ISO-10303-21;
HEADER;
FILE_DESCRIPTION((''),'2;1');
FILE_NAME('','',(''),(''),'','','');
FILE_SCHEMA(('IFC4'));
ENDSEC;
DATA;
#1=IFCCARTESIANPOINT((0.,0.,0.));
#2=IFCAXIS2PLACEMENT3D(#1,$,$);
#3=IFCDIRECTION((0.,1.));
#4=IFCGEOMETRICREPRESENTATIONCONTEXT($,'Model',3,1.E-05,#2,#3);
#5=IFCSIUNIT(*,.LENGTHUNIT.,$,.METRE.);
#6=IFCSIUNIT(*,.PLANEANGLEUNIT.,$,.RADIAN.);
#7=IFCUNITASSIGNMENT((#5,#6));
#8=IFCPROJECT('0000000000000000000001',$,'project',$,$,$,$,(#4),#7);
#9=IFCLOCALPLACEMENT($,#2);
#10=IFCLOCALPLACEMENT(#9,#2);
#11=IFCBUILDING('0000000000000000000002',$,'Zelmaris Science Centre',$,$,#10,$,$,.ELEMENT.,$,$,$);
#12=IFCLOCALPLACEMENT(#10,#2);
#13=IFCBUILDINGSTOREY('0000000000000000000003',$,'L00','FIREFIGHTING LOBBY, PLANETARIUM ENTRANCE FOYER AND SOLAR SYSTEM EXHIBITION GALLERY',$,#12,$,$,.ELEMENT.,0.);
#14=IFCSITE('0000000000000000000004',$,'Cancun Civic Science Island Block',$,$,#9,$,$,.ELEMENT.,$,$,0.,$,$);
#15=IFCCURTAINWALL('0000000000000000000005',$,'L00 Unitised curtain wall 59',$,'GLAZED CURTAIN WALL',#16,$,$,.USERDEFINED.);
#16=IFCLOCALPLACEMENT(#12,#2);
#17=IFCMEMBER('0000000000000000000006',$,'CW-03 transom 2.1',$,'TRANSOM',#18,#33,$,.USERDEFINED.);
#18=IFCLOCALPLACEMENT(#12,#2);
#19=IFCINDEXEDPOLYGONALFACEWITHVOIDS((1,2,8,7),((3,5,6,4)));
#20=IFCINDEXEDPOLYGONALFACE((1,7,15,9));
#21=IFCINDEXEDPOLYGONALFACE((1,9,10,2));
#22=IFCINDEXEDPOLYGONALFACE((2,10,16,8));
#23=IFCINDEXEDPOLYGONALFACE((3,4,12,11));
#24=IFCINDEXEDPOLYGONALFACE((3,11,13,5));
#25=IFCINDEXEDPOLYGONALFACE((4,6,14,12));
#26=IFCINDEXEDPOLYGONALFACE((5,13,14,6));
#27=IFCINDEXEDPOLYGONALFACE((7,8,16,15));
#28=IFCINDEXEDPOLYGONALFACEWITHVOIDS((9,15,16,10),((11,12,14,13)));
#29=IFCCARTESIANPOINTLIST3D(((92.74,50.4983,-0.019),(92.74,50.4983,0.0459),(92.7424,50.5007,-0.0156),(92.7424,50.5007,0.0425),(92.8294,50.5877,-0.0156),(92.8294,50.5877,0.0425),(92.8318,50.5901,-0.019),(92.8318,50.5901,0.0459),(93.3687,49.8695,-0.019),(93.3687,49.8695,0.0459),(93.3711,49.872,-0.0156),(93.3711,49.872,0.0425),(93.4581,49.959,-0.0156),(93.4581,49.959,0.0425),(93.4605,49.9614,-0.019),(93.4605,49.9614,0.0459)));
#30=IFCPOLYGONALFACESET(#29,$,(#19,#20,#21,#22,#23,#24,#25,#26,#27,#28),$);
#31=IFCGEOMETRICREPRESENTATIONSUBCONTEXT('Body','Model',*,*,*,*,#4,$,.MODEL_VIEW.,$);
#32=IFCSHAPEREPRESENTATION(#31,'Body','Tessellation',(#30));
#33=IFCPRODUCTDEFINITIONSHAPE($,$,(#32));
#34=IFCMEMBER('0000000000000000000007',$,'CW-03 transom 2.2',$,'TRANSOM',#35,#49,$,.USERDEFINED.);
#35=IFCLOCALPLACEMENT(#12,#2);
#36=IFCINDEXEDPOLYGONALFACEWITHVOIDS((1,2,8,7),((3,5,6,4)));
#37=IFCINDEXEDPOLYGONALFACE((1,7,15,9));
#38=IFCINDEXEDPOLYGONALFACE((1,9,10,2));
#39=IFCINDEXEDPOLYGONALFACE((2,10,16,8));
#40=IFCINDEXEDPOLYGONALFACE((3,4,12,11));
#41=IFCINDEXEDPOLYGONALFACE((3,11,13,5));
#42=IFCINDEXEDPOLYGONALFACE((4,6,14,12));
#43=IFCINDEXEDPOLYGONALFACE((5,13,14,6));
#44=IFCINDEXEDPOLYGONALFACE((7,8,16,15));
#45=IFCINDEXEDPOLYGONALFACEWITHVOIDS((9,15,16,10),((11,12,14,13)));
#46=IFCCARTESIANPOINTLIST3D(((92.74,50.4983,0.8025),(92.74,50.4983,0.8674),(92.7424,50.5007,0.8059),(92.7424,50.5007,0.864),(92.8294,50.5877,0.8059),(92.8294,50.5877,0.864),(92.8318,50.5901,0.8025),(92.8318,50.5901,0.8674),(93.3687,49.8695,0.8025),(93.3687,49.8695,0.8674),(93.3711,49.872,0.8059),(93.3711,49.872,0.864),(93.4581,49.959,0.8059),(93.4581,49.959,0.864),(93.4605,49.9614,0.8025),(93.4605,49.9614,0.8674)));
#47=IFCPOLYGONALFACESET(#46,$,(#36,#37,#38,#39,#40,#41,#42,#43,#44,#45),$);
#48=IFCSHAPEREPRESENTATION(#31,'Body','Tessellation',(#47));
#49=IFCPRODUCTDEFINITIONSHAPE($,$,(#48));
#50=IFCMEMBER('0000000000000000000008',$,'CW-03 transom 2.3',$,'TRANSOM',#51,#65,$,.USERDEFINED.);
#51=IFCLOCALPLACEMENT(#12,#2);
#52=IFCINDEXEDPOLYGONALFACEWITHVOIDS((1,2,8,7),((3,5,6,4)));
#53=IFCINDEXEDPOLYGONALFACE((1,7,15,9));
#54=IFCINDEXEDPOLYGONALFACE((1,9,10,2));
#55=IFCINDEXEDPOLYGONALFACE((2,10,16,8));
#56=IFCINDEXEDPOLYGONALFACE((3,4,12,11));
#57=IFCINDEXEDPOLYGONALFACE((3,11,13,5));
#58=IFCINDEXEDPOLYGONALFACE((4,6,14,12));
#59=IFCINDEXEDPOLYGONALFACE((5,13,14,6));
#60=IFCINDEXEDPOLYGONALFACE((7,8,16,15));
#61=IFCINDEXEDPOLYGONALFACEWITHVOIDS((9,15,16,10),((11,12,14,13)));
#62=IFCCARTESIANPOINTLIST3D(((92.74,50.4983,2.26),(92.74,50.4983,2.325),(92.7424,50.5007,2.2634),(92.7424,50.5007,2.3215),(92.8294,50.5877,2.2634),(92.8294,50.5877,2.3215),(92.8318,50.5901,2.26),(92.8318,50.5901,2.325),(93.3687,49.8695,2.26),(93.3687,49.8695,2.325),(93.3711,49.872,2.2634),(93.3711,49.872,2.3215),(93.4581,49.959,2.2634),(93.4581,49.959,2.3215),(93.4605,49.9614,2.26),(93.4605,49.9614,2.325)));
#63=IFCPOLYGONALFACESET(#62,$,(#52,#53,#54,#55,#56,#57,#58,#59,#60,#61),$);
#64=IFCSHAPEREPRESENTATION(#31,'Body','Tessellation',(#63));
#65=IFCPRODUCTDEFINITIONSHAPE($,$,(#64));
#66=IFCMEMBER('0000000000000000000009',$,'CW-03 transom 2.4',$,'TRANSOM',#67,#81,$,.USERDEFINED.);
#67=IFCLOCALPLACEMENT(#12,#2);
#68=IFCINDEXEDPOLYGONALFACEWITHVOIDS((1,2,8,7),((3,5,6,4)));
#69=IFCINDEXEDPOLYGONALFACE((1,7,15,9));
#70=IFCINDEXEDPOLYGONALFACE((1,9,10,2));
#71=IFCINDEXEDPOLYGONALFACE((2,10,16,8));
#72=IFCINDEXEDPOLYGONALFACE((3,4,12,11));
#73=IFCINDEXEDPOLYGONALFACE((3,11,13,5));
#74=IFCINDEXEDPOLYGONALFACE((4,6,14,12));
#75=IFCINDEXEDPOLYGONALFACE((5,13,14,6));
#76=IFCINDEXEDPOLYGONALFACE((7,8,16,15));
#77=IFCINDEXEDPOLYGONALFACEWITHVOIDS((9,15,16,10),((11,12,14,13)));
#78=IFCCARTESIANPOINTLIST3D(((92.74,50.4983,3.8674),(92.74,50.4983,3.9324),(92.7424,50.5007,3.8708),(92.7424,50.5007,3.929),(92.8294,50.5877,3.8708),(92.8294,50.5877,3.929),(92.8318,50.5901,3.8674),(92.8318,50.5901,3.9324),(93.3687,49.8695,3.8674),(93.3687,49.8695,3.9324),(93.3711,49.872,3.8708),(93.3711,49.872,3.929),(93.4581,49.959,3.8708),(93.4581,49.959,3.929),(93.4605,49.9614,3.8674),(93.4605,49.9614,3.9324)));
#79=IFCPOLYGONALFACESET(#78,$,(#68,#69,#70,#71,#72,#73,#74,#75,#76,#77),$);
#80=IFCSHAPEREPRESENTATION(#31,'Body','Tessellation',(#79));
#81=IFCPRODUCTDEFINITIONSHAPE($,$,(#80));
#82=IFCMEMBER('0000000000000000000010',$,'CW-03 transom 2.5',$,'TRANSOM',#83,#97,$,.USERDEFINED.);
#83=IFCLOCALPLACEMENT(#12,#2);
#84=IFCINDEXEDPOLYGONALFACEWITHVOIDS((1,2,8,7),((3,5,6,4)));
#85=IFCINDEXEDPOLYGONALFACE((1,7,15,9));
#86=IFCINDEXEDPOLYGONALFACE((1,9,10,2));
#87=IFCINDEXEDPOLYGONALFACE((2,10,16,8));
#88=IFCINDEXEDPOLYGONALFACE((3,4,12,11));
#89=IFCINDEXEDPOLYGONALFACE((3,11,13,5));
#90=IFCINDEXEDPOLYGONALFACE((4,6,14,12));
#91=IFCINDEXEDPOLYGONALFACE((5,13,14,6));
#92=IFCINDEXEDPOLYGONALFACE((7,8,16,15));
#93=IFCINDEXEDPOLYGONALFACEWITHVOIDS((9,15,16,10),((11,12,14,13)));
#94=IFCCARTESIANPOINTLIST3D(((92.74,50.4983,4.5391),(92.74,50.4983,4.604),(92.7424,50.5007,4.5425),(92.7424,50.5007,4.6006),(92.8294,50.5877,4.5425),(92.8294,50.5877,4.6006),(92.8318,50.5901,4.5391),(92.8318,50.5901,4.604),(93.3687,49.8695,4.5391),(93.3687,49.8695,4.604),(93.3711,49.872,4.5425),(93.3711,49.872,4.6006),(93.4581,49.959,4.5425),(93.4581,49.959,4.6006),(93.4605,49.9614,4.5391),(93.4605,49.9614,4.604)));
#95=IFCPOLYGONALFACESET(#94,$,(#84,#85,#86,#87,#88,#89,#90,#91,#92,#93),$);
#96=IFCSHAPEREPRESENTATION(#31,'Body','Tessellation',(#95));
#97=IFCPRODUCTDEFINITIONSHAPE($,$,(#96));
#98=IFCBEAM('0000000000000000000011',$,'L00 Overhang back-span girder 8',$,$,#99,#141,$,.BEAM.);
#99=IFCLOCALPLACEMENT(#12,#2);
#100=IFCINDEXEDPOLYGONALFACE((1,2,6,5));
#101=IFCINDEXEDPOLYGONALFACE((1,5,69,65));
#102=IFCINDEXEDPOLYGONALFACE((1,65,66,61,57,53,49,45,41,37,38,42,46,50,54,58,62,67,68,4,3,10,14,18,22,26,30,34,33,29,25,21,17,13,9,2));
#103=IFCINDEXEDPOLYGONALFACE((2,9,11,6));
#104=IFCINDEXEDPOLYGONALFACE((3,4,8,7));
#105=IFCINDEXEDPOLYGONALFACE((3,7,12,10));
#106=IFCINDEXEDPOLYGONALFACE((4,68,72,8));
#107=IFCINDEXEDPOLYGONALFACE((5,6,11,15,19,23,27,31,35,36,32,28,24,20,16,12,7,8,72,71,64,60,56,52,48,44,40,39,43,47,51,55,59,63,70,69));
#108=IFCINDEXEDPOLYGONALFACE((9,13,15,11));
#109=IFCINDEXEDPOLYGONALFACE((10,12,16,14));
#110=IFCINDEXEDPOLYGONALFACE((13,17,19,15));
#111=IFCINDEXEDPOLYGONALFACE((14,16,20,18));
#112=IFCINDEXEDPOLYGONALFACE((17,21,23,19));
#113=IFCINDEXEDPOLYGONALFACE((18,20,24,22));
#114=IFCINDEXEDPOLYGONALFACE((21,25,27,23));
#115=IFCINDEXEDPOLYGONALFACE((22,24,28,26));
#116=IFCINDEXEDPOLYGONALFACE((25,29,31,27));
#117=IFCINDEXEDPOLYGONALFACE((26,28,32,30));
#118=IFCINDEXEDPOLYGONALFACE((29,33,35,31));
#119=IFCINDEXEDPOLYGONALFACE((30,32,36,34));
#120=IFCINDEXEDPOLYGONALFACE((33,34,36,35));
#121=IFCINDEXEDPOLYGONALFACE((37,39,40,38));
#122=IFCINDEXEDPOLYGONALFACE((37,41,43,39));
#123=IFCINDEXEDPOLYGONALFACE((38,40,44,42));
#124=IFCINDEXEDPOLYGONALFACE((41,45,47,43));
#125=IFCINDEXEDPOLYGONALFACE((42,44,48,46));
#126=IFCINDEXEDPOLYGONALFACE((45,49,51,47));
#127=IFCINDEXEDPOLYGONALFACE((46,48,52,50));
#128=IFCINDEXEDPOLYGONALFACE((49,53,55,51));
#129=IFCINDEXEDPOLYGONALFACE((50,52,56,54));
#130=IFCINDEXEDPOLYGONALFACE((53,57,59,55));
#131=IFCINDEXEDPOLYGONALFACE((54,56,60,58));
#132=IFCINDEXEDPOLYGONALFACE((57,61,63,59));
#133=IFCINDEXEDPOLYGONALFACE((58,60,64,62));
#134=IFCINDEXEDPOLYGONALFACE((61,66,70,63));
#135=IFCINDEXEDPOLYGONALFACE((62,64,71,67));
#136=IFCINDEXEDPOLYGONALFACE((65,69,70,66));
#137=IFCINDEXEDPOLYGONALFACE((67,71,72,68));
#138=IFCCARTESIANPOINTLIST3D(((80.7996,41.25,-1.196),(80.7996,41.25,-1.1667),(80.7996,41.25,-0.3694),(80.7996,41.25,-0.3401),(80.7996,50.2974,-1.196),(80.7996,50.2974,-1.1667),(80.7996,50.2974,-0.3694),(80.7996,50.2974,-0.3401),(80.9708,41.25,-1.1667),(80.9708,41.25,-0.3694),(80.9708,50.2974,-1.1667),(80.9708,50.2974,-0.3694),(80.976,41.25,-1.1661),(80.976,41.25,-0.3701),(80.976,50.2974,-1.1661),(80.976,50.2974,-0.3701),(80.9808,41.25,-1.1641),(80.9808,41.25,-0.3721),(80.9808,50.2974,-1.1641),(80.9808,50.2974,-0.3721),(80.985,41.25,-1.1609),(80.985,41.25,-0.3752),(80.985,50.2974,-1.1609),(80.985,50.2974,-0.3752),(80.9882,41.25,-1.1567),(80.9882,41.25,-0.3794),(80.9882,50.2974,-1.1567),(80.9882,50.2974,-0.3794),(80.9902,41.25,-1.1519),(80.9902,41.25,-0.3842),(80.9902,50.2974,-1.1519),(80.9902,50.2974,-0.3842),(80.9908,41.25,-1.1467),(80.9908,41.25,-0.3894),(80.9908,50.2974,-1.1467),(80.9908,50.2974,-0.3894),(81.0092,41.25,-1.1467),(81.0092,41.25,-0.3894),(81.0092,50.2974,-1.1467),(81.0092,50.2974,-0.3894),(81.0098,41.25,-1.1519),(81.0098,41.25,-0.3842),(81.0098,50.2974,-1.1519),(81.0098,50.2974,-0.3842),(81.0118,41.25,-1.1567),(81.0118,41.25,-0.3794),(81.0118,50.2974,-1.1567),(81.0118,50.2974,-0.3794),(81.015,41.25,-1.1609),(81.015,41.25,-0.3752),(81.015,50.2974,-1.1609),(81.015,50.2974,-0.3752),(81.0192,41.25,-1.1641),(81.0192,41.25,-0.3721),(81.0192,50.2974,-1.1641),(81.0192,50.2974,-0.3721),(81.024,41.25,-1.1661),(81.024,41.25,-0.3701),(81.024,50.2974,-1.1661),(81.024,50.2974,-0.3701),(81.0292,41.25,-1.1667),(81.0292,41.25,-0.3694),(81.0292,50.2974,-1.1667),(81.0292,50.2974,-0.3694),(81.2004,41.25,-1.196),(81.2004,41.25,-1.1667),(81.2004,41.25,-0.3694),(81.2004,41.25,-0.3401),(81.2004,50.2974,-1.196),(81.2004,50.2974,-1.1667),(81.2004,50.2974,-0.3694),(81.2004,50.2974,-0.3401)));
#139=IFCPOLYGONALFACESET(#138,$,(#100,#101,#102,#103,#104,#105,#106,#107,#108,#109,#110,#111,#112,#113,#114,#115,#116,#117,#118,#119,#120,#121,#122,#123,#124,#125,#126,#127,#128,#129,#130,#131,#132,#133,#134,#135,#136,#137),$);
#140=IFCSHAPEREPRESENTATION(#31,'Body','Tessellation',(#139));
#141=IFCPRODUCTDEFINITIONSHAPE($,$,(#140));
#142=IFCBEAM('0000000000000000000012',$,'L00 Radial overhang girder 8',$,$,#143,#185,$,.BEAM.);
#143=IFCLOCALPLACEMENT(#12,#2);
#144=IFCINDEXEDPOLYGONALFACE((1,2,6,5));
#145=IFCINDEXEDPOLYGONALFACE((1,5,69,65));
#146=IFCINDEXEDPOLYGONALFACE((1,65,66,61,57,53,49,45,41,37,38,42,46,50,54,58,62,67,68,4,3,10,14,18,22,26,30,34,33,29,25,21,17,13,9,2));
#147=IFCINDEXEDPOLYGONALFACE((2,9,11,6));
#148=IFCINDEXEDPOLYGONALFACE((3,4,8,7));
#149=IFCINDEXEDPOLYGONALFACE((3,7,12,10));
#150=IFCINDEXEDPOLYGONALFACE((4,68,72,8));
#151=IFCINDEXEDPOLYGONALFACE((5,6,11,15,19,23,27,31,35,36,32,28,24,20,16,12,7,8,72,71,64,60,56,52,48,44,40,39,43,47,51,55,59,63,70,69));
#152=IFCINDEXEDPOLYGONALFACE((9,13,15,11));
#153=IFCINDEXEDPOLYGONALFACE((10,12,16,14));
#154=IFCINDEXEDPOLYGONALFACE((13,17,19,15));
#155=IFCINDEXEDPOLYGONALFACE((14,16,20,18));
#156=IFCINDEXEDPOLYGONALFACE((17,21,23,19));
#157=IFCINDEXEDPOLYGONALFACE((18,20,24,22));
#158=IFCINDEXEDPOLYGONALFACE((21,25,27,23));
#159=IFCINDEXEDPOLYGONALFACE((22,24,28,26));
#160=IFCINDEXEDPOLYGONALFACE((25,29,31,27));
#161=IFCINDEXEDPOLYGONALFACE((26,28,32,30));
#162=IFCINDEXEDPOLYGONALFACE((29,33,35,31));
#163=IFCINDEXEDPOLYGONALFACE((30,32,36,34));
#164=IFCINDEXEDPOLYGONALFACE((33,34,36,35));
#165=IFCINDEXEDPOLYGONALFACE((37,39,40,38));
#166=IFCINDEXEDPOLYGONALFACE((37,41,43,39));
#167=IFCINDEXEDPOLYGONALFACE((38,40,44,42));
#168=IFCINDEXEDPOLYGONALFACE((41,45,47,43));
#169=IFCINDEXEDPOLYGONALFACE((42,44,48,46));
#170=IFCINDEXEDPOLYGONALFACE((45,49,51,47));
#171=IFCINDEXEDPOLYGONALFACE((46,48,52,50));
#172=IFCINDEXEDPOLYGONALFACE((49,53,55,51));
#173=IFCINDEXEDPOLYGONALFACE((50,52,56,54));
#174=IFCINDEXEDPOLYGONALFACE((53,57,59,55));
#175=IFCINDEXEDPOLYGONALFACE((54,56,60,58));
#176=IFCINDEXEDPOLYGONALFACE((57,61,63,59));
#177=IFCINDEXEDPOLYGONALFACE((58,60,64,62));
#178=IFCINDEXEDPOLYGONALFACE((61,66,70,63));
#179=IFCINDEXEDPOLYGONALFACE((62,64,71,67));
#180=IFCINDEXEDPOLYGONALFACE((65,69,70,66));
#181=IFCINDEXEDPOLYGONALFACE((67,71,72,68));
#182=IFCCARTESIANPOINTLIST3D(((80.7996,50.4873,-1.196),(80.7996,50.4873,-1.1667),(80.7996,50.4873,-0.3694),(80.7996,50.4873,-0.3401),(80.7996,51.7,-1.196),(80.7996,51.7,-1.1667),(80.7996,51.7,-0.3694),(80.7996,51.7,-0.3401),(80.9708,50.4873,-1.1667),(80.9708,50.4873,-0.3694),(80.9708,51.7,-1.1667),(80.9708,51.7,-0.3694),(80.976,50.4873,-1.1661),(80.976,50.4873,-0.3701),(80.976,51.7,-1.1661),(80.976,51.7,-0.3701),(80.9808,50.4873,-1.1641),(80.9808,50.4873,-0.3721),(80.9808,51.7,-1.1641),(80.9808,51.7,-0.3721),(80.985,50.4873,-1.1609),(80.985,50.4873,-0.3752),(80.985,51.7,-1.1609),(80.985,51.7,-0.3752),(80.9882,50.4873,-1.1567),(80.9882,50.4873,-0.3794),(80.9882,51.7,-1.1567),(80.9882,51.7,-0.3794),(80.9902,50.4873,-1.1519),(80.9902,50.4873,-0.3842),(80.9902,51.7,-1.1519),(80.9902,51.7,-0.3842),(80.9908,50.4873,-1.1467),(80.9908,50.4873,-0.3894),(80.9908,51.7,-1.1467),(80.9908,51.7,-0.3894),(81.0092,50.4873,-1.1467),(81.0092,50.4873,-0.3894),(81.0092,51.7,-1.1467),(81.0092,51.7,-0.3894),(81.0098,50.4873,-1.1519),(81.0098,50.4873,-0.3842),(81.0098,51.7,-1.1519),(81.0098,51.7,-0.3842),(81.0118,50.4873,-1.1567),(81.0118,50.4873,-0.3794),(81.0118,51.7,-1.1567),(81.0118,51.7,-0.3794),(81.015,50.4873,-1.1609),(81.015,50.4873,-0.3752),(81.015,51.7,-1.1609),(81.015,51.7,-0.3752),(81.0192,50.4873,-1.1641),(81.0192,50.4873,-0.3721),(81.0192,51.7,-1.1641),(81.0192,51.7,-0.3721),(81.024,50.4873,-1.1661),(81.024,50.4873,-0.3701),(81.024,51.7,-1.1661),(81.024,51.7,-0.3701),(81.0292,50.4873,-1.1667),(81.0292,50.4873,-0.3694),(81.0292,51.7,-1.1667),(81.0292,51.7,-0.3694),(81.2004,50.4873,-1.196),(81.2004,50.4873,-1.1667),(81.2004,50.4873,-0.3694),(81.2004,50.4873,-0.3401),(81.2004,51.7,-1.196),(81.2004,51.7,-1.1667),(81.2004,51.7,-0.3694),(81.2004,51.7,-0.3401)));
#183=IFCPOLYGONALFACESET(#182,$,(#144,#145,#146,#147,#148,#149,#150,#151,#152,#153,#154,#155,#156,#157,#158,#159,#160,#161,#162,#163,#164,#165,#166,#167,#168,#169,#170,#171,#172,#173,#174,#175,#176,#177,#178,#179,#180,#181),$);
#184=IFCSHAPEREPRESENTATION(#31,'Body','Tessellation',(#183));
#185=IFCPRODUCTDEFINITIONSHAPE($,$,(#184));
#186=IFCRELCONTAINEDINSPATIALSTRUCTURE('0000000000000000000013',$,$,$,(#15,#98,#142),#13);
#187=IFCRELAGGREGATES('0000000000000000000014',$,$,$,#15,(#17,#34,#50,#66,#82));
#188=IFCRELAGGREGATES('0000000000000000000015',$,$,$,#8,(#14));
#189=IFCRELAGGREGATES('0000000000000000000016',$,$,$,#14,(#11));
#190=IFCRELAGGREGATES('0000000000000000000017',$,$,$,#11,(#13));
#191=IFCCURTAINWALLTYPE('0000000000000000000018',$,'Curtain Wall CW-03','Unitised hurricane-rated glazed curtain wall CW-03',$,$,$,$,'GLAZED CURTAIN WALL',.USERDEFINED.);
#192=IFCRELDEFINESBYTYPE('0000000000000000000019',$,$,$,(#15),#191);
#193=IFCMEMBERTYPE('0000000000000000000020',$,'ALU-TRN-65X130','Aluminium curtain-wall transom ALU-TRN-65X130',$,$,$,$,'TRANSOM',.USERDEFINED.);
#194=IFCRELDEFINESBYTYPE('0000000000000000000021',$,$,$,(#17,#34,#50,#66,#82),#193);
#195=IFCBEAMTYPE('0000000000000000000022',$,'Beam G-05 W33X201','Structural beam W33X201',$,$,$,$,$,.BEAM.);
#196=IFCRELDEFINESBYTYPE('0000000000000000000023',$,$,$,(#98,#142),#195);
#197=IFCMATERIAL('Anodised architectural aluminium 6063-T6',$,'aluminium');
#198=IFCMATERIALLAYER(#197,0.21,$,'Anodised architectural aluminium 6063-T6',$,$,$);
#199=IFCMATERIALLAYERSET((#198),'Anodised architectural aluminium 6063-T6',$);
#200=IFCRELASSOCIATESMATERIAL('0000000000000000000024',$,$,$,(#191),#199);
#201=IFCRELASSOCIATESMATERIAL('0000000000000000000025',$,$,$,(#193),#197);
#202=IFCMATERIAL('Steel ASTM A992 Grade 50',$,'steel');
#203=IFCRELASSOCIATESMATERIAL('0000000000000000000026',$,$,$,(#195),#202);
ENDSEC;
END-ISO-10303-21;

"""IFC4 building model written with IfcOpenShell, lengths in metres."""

from ifc_helpers import new_model, si_unit, direction, frame, origin, origin_2d, place, context, subcontext, project, spatial, hollow_rectangle, i_section, extrude, material, layer, layer_set, material_profile, profile_set, type_object, element, aggregate, save


model = new_model("IFC4")

# Units and contexts
model_context = context("Model", 3, precision=1e-05, world=origin(), true_north=direction((0.0, 1.0)))
body_context = subcontext(model_context, "Body", "Model", "MODEL_VIEW")
ifc_project = project(units=[si_unit("LENGTHUNIT", "METRE"), si_unit("PLANEANGLEUNIT", "RADIAN")], contexts=[model_context])

# Site, building, storey
site_placement = place(None, origin())
site = spatial("IfcSite", under=ifc_project, at=site_placement, Name="Cancun Civic Science Island Block", CompositionType="ELEMENT", RefElevation=0.0)
building_placement = place(site_placement, origin())
building = spatial("IfcBuilding", under=site, at=building_placement, Name="Zelmaris Science Centre", CompositionType="ELEMENT")
storey_placement = place(building_placement, origin())
storey = spatial("IfcBuildingStorey", under=building, at=storey_placement, Name="L00", Description="FIREFIGHTING LOBBY, PLANETARIUM ENTRANCE FOYER AND SOLAR SYSTEM EXHIBITION GALLERY", CompositionType="ELEMENT", Elevation=0.0)

# Shared definitions
ifc_material_1 = material(Name="Steel ASTM A992 Grade 50", Category="steel")

# Curtain wall, members
ifc_material_2 = material(Name="Anodised architectural aluminium 6063-T6", Category="aluminium")
ifc_layer_1 = layer(ifc_material_2, 0.21, Name="Anodised architectural aluminium 6063-T6")
ifc_layer_set_1 = layer_set([ifc_layer_1], Name="Anodised architectural aluminium 6063-T6")
curtain_wall_type = type_object("IfcCurtainWallType", Name="Curtain Wall CW-03", Description="Unitised hurricane-rated glazed curtain wall CW-03", ElementType="GLAZED CURTAIN WALL", PredefinedType="USERDEFINED", material=ifc_layer_set_1)
curtain_wall_placement = place(storey_placement, origin())
curtain_wall = element("IfcCurtainWall", 1, at=curtain_wall_placement, inside=storey, type_object=curtain_wall_type, Name="L00 Unitised curtain wall 59", ObjectType="GLAZED CURTAIN WALL", PredefinedType="USERDEFINED")
ifc_material_profile_1 = material_profile(ifc_material_2, hollow_rectangle(XDim=0.0649, YDim=0.1299, WallThickness=0.0034, at=origin_2d()), Name="ALU-TRN-65X130")
ifc_profile_set_1 = profile_set([ifc_material_profile_1], Name="Anodised architectural aluminium 6063-T6")
member_type_1 = type_object("IfcMemberType", Name="ALU-TRN-65X130", Description="Aluminium curtain-wall transom ALU-TRN-65X130", ElementType="TRANSOM", PredefinedType="USERDEFINED", material=ifc_profile_set_1)
member_1_placement = place(storey_placement, frame((92.7859, 50.5442, 0.0134), z_axis=(0.707107, -0.707107, 0.0), x_axis=(0.0, 0.0, 1.0)))
member_1 = element("IfcMember", 2, at=member_1_placement, type_object=member_type_1, Name="CW-03 transom 2.1", ObjectType="TRANSOM", PredefinedType="USERDEFINED", context=body_context, shape_type="SweptSolid", body=[
    extrude(hollow_rectangle(XDim=0.0649, YDim=0.1299, WallThickness=0.0034, at=origin_2d()), origin(), (0.0, 0.0, 1.0), 0.8892),
])
member_2_placement = place(storey_placement, frame((92.7859, 50.5442, 0.835), z_axis=(0.707107, -0.707107, 0.0), x_axis=(0.0, 0.0, 1.0)))
member_2 = element("IfcMember", 3, at=member_2_placement, type_object=member_type_1, Name="CW-03 transom 2.2", ObjectType="TRANSOM", PredefinedType="USERDEFINED", context=body_context, shape_type="SweptSolid", body=[
    extrude(hollow_rectangle(XDim=0.0649, YDim=0.1299, WallThickness=0.0034, at=origin_2d()), origin(), (0.0, 0.0, 1.0), 0.8892),
])
member_3_placement = place(storey_placement, frame((92.7859, 50.5442, 2.2925), z_axis=(0.707107, -0.707107, 0.0), x_axis=(0.0, 0.0, 1.0)))
member_3 = element("IfcMember", 4, at=member_3_placement, type_object=member_type_1, Name="CW-03 transom 2.3", ObjectType="TRANSOM", PredefinedType="USERDEFINED", context=body_context, shape_type="SweptSolid", body=[
    extrude(hollow_rectangle(XDim=0.0649, YDim=0.1299, WallThickness=0.0034, at=origin_2d()), origin(), (0.0, 0.0, 1.0), 0.8892),
])
member_4_placement = place(storey_placement, frame((92.7859, 50.5442, 3.8999), z_axis=(0.707107, -0.707107, 0.0), x_axis=(0.0, 0.0, 1.0)))
member_4 = element("IfcMember", 5, at=member_4_placement, type_object=member_type_1, Name="CW-03 transom 2.4", ObjectType="TRANSOM", PredefinedType="USERDEFINED", context=body_context, shape_type="SweptSolid", body=[
    extrude(hollow_rectangle(XDim=0.0649, YDim=0.1299, WallThickness=0.0034, at=origin_2d()), origin(), (0.0, 0.0, 1.0), 0.8892),
])
member_5_placement = place(storey_placement, frame((92.7859, 50.5442, 4.5715), z_axis=(0.707107, -0.707107, 0.0), x_axis=(0.0, 0.0, 1.0)))
member_5 = element("IfcMember", 6, at=member_5_placement, type_object=member_type_1, Name="CW-03 transom 2.5", ObjectType="TRANSOM", PredefinedType="USERDEFINED", context=body_context, shape_type="SweptSolid", body=[
    extrude(hollow_rectangle(XDim=0.0649, YDim=0.1299, WallThickness=0.0034, at=origin_2d()), origin(), (0.0, 0.0, 1.0), 0.8892),
])

# Beams
ifc_material_profile_2 = material_profile(ifc_material_1, i_section(OverallWidth=0.4009, OverallDepth=0.856, WebThickness=0.0183, FlangeThickness=0.0293, FilletRadius=0.02, at=origin_2d()), Name="W33X201")
ifc_profile_set_2 = profile_set([ifc_material_profile_2], Name="Steel ASTM A992 Grade 50")
beam_type_1 = type_object("IfcBeamType", Name="Beam G-05 W33X201", Description="Structural beam W33X201", PredefinedType="BEAM", material=ifc_profile_set_2)
beam_1_placement = place(storey_placement, frame((81.0, 41.25, -0.7681), z_axis=(0.0, 1.0, 0.0), x_axis=(-1.0, 0.0, 0.0)))
element("IfcBeam", 7, at=beam_1_placement, inside=storey, type_object=beam_type_1, Name="L00 Overhang back-span girder 8", PredefinedType="BEAM", context=body_context, shape_type="SweptSolid", body=[
    extrude(i_section(OverallWidth=0.4009, OverallDepth=0.856, WebThickness=0.0183, FlangeThickness=0.0293, FilletRadius=0.02, at=origin_2d()), origin(), (0.0, 0.0, 1.0), 9.0474),
])
beam_2_placement = place(storey_placement, frame((81.0, 50.4873, -0.7681), z_axis=(0.0, 1.0, 0.0), x_axis=(-1.0, 0.0, 0.0)))
element("IfcBeam", 8, at=beam_2_placement, inside=storey, type_object=beam_type_1, Name="L00 Radial overhang girder 8", PredefinedType="BEAM", context=body_context, shape_type="SweptSolid", body=[
    extrude(i_section(OverallWidth=0.4009, OverallDepth=0.856, WebThickness=0.0183, FlangeThickness=0.0293, FilletRadius=0.02, at=origin_2d()), origin(), (0.0, 0.0, 1.0), 1.2126),
])

aggregate(curtain_wall, [member_1, member_2, member_3, member_4, member_5])

save(model, "model.ifc")
